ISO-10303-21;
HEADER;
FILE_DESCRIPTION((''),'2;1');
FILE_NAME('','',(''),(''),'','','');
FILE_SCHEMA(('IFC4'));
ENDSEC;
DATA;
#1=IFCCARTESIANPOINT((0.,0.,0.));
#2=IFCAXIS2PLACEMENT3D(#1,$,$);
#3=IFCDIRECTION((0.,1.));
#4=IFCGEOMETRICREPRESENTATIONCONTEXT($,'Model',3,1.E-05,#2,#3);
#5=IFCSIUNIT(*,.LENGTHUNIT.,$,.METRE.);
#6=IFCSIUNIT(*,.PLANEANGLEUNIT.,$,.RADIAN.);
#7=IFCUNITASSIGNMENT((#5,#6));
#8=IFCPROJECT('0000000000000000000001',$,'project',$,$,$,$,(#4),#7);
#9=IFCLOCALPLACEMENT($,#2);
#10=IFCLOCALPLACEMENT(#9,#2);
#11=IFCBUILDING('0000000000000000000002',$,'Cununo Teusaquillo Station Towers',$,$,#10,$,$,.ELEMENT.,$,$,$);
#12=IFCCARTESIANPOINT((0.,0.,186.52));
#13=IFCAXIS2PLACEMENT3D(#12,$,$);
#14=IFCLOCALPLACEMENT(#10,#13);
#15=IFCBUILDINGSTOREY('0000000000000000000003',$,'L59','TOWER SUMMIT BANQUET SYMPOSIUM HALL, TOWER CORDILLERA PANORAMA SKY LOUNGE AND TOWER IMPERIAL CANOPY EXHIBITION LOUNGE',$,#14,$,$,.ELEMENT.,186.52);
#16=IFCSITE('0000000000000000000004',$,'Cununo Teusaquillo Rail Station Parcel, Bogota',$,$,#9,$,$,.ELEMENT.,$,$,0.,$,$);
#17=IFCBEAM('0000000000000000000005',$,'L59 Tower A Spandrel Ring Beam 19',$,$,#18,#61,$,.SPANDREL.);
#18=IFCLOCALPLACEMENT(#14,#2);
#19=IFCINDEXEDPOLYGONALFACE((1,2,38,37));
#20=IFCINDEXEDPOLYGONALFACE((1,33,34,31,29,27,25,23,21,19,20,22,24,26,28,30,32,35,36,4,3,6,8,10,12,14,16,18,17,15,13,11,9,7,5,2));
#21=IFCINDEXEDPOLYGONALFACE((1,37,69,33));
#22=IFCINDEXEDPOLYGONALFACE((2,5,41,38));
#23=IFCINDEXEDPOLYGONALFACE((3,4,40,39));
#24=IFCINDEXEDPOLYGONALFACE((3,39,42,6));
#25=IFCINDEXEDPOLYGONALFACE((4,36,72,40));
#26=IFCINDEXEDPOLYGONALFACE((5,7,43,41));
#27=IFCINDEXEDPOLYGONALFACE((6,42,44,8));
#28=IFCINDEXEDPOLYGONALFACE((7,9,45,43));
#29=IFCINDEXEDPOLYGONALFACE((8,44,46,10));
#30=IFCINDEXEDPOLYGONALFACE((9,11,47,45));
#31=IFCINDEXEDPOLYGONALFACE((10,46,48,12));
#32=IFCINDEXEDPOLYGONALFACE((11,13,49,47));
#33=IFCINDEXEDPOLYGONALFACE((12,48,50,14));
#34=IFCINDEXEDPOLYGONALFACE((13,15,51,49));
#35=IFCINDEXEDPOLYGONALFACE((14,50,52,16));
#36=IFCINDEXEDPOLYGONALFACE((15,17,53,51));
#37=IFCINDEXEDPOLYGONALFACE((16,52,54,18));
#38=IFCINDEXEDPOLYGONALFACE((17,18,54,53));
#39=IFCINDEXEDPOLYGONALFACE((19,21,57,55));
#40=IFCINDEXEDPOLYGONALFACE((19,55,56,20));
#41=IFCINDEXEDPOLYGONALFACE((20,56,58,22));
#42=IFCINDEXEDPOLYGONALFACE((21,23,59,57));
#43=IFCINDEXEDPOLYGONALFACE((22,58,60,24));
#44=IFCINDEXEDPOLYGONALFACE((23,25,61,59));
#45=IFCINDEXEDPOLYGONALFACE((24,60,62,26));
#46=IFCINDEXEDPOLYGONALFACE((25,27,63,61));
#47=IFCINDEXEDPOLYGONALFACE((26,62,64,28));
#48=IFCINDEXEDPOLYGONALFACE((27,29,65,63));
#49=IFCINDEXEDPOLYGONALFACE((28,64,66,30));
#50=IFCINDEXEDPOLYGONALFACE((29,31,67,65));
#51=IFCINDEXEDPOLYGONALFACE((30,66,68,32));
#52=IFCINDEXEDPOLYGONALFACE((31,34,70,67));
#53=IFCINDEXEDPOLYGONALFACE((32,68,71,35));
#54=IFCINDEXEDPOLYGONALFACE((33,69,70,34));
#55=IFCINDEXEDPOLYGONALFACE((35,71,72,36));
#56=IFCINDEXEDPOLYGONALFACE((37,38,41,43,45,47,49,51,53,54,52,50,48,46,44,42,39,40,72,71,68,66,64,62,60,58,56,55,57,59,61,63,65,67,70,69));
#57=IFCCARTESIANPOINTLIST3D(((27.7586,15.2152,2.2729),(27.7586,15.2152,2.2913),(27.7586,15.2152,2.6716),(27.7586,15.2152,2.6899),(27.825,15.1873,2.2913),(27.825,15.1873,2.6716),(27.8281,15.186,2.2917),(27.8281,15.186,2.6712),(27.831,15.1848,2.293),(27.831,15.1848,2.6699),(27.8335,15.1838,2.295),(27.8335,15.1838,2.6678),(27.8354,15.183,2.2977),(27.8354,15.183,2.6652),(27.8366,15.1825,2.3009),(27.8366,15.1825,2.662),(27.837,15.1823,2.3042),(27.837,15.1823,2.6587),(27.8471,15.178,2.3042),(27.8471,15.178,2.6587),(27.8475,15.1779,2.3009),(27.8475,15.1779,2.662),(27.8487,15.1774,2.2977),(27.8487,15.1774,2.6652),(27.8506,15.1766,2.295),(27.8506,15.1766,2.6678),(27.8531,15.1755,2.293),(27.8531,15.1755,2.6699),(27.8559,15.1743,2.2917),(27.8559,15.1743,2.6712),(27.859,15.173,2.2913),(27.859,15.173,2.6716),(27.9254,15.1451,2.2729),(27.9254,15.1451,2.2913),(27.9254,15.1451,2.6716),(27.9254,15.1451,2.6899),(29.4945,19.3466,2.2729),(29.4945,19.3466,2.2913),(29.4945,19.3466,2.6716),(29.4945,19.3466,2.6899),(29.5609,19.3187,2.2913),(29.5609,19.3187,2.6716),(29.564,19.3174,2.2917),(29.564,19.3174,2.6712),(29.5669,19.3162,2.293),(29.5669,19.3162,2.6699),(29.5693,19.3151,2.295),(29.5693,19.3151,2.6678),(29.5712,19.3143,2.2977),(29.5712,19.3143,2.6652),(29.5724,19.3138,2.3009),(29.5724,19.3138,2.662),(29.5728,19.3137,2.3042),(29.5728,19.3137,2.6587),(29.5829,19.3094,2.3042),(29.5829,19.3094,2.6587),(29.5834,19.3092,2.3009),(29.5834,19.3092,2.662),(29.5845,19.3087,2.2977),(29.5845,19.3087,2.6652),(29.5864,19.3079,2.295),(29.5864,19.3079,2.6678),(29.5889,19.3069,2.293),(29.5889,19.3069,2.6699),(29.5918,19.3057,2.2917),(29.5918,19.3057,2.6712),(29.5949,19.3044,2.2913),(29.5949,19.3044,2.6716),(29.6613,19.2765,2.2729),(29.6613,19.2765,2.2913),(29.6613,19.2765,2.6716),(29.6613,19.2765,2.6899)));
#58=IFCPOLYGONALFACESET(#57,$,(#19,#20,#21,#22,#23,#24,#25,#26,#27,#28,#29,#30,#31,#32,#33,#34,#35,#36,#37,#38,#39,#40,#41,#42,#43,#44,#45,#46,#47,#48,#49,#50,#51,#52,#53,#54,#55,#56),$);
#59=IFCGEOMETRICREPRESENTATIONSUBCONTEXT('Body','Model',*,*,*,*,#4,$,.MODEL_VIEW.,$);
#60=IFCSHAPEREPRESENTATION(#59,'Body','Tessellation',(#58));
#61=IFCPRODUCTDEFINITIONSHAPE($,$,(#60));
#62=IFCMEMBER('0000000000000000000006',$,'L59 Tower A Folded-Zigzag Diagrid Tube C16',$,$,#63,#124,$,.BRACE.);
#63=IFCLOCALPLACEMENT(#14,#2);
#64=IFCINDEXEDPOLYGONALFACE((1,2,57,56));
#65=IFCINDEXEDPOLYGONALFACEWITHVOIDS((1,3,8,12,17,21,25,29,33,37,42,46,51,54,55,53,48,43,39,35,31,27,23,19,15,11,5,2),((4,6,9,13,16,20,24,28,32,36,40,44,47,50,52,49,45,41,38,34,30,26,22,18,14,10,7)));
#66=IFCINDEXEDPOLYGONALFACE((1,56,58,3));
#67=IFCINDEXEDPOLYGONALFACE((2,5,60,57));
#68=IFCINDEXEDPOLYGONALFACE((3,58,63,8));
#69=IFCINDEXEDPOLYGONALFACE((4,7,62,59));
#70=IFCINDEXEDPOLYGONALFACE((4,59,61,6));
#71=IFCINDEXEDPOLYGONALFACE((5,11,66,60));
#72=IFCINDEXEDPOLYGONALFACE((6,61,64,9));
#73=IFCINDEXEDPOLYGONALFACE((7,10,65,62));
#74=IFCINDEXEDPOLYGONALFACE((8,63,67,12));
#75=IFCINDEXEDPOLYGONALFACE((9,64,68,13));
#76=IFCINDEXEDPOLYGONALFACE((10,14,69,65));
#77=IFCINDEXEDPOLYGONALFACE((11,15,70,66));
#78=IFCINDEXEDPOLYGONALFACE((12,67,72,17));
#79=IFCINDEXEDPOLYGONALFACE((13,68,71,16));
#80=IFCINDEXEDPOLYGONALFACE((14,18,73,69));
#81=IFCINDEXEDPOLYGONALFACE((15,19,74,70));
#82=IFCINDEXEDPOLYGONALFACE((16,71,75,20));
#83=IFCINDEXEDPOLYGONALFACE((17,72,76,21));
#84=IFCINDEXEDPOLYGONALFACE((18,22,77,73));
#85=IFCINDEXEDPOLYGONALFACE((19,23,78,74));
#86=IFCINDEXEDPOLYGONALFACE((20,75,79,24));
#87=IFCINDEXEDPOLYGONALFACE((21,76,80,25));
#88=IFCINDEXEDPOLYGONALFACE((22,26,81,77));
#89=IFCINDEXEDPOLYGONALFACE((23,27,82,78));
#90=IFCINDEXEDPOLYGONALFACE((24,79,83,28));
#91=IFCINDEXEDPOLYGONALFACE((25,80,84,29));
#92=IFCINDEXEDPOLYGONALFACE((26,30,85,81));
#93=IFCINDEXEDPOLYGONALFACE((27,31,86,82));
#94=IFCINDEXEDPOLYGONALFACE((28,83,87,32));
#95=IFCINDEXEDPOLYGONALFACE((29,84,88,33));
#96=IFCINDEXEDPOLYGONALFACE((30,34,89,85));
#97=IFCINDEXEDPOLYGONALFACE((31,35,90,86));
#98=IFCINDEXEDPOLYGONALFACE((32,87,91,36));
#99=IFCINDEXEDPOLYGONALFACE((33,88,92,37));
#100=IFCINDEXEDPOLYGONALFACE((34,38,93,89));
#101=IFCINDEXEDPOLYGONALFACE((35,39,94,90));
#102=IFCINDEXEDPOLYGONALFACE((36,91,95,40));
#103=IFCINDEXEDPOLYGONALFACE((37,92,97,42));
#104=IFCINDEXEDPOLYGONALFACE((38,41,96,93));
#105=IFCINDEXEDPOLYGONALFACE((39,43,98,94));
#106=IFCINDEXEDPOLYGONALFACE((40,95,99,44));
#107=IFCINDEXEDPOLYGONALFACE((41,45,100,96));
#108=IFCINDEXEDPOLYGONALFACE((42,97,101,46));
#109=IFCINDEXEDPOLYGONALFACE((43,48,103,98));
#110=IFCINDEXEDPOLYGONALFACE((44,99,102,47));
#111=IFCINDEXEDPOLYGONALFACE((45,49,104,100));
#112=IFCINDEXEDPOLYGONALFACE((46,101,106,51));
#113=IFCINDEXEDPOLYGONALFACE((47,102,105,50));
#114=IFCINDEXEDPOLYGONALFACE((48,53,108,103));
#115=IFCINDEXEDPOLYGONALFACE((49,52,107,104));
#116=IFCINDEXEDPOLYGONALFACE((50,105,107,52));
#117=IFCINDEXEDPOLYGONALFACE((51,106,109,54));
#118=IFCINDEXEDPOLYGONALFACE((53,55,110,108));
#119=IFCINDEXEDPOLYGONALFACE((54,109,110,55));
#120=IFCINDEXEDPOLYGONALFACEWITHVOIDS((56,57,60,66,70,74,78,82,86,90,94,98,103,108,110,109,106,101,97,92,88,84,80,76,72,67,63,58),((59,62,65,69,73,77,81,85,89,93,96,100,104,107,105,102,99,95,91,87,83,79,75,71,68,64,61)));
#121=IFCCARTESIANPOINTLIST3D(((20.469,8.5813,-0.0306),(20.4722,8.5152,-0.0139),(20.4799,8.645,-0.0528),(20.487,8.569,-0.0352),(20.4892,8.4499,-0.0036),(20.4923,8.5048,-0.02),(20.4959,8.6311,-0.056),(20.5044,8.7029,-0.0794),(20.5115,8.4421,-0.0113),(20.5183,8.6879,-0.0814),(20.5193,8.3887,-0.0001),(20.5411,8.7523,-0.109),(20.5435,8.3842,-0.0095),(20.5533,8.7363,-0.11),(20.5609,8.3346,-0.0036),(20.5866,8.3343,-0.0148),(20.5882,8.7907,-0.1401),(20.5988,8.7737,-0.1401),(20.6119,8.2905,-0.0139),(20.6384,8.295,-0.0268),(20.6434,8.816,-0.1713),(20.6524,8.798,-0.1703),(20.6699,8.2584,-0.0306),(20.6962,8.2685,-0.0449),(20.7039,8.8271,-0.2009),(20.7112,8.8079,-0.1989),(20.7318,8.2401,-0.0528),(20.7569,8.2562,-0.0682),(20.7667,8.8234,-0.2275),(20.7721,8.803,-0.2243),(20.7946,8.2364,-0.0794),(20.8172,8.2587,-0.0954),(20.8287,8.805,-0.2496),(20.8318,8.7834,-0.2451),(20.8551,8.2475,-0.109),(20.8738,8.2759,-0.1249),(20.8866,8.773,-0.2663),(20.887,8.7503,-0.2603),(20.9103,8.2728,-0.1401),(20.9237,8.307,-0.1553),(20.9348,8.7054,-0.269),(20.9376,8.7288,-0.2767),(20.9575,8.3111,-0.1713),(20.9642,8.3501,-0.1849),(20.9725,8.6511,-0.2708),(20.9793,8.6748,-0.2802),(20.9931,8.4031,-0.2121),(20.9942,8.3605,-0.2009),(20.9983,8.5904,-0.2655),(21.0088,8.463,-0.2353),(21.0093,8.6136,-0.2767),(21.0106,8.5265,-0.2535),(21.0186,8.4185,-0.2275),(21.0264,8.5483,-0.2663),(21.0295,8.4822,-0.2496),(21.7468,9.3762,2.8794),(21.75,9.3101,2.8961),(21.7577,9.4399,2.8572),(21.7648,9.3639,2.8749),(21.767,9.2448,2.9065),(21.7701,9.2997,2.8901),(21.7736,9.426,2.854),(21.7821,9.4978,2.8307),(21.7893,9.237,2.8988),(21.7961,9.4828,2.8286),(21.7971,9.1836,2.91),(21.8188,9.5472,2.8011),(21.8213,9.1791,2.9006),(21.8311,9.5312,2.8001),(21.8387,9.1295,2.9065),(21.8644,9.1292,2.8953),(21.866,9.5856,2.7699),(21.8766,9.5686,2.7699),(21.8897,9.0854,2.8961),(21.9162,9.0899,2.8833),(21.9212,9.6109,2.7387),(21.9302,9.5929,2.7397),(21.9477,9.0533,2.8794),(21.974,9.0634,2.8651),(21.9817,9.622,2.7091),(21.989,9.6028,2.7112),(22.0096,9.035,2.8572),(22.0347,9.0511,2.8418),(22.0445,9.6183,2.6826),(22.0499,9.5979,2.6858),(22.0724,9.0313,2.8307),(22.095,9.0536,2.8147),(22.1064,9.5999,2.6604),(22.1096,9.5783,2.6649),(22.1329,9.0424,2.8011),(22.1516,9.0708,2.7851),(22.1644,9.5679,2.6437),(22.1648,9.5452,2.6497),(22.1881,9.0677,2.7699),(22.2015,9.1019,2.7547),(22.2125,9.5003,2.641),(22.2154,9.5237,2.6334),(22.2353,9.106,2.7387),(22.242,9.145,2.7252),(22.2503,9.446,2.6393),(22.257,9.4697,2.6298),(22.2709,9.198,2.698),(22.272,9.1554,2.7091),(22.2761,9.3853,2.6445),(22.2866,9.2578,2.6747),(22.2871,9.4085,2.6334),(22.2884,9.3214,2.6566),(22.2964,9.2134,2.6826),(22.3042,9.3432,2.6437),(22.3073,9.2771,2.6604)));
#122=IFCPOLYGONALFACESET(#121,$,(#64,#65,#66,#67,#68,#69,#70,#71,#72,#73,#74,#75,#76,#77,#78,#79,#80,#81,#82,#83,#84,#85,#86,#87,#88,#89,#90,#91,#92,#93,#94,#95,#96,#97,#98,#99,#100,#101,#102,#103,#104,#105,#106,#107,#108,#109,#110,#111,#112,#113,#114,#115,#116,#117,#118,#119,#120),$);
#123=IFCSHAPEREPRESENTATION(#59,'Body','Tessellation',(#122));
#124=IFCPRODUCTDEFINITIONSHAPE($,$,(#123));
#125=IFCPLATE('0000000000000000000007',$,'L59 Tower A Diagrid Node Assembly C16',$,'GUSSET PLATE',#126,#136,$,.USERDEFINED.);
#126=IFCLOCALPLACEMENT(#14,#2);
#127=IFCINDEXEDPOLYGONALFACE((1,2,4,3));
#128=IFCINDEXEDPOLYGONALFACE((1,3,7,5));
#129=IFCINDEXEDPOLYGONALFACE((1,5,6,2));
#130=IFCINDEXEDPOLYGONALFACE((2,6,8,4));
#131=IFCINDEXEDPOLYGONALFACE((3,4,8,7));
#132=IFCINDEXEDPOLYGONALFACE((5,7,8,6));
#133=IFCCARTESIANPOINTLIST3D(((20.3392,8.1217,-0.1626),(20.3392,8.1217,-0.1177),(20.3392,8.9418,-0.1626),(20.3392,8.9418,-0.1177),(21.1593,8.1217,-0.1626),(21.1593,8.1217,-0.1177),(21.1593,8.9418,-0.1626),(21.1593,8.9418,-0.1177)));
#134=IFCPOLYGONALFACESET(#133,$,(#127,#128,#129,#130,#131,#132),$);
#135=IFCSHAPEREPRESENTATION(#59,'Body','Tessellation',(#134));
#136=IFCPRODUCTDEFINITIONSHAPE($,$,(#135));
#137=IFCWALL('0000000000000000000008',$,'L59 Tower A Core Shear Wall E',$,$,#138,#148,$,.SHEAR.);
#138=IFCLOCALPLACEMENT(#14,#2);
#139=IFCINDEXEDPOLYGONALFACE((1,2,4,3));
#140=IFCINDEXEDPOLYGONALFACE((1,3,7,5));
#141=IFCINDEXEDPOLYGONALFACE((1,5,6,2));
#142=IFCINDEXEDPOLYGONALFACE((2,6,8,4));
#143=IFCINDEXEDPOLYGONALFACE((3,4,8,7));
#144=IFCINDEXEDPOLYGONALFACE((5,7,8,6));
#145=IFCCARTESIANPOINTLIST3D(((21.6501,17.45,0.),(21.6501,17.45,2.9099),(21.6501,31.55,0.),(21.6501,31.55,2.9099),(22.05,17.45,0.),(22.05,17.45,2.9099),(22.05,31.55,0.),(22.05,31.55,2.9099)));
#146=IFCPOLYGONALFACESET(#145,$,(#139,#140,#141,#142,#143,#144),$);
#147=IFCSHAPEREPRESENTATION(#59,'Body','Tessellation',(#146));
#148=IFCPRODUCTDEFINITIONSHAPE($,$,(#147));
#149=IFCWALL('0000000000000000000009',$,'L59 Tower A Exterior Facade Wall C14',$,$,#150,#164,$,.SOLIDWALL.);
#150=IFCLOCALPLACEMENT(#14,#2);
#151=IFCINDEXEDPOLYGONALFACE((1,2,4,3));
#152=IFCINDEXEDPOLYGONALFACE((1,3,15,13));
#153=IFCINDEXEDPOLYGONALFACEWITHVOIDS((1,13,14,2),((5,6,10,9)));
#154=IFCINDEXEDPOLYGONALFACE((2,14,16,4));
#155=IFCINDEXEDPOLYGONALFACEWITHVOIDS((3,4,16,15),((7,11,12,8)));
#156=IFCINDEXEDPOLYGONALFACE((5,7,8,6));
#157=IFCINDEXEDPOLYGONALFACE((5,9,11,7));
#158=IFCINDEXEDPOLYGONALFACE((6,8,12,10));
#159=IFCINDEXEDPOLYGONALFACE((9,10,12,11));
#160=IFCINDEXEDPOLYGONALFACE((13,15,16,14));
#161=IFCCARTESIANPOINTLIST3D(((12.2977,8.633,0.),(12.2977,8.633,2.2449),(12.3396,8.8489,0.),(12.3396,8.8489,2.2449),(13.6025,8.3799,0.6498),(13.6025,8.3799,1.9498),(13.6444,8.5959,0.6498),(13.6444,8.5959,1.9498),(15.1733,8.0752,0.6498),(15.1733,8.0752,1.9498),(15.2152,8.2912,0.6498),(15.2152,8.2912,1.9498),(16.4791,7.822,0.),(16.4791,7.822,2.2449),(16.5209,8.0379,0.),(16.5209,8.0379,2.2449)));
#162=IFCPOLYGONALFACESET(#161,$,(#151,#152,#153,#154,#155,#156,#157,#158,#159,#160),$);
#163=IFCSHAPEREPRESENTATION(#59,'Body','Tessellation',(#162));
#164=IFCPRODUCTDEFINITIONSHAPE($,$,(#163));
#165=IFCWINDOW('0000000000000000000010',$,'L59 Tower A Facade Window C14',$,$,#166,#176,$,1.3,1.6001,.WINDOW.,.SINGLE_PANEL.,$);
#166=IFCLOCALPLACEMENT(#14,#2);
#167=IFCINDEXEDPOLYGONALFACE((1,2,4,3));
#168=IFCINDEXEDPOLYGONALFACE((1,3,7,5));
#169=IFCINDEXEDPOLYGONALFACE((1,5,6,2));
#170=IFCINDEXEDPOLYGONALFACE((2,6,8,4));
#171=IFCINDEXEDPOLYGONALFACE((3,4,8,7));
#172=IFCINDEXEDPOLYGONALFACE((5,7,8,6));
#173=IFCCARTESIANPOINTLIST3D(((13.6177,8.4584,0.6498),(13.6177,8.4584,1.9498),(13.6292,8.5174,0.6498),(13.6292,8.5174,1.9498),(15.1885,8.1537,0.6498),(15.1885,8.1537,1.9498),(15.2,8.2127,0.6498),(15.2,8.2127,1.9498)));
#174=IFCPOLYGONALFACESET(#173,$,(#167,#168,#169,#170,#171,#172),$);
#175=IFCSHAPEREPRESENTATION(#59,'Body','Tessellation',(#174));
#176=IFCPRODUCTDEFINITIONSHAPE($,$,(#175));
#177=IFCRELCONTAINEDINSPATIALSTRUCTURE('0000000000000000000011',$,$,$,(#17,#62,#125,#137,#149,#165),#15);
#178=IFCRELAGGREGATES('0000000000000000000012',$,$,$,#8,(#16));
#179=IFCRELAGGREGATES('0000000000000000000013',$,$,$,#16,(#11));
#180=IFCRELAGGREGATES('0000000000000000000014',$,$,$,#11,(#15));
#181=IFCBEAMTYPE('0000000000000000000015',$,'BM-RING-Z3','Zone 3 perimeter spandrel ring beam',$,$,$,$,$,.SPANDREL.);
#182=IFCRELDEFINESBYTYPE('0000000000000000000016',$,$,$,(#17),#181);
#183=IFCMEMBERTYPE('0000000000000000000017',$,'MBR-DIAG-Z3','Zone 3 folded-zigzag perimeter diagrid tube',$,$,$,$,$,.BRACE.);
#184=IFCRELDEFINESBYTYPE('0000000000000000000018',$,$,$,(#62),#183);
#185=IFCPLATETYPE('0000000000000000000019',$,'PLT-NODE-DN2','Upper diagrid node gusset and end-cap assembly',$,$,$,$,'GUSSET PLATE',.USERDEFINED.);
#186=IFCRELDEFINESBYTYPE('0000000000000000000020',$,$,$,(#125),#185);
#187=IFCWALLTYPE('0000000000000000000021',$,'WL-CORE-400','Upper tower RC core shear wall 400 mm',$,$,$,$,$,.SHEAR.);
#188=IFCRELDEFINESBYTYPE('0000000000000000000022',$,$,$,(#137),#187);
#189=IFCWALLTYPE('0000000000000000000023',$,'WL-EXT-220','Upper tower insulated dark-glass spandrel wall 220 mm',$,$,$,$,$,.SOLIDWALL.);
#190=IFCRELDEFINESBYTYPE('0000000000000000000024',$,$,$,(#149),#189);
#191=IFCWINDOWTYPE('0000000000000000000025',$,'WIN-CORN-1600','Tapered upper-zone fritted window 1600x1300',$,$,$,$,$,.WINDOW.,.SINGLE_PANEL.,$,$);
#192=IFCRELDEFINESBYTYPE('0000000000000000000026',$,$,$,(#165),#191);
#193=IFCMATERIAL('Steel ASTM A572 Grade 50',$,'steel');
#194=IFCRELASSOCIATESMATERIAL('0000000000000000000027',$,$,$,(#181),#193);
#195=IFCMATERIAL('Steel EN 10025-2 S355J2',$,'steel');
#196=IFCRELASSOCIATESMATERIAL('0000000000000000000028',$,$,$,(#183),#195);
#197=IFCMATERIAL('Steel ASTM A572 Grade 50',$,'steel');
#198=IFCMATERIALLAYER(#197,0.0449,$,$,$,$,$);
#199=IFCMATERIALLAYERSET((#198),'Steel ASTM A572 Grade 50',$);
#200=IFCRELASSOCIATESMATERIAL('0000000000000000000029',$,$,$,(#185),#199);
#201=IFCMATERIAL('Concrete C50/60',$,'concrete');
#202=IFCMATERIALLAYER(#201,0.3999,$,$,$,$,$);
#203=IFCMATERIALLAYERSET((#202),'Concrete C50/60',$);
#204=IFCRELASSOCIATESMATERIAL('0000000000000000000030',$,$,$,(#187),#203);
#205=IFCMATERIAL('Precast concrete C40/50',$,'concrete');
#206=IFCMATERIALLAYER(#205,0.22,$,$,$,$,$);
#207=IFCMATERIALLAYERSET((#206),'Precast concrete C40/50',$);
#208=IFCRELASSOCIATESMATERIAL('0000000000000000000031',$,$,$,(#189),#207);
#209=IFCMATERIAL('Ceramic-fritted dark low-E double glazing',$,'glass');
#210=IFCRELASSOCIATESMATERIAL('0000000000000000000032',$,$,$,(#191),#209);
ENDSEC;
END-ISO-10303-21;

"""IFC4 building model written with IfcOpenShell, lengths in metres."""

from ifc_helpers import new_model, si_unit, direction, frame, frame_2d, origin, origin_2d, place, context, subcontext, project, spatial, rectangle, hollow_circle, i_section, extrude, source, transform, mapped, material, layer, layer_set, material_profile, profile_set, type_object, element, fill, save


model = new_model("IFC4")

# Units and contexts
model_context = context("Model", 3, precision=1e-05, world=origin(), true_north=direction((0.0, 1.0)))
body_context = subcontext(model_context, "Body", "Model", "MODEL_VIEW")
ifc_project = project(units=[si_unit("LENGTHUNIT", "METRE"), si_unit("PLANEANGLEUNIT", "RADIAN")], contexts=[model_context])

# Site, building, storey
site_placement = place(None, origin())
site = spatial("IfcSite", under=ifc_project, at=site_placement, Name="Cununo Teusaquillo Rail Station Parcel, Bogota", CompositionType="ELEMENT", RefElevation=0.0)
building_placement = place(site_placement, origin())
building = spatial("IfcBuilding", under=site, at=building_placement, Name="Cununo Teusaquillo Station Towers", CompositionType="ELEMENT")
storey_placement = place(building_placement, frame((0.0, 0.0, 186.52)))
storey = spatial("IfcBuildingStorey", under=building, at=storey_placement, Name="L59", Description="TOWER SUMMIT BANQUET SYMPOSIUM HALL, TOWER CORDILLERA PANORAMA SKY LOUNGE AND TOWER IMPERIAL CANOPY EXHIBITION LOUNGE", CompositionType="ELEMENT", Elevation=186.52)

# Beam
ifc_material_1 = material(Name="Steel ASTM A572 Grade 50", Category="steel")
ifc_material_profile_1 = material_profile(ifc_material_1, i_section(OverallWidth=0.1809, OverallDepth=0.417, WebThickness=0.011, FlangeThickness=0.0183, FilletRadius=0.0129, at=origin_2d()), Name="W16X57")
ifc_profile_set_1 = profile_set([ifc_material_profile_1], Name="Steel ASTM A572 Grade 50")
beam_type_1 = type_object("IfcBeamType", Name="BM-RING-Z3", Description="Zone 3 perimeter spandrel ring beam", PredefinedType="SPANDREL", material=ifc_profile_set_1)
beam_1_placement = place(storey_placement, frame((27.842, 15.1802, 2.4814), z_axis=(0.38736, 0.921928, 0.0), x_axis=(-0.921928, 0.38736, 0.0)))
element("IfcBeam", 1, at=beam_1_placement, inside=storey, type_object=beam_type_1, Name="L59 Tower A Spandrel Ring Beam 19", PredefinedType="SPANDREL", context=body_context, shape_type="SweptSolid", body=[
    extrude(i_section(OverallWidth=0.1809, OverallDepth=0.417, WebThickness=0.011, FlangeThickness=0.0183, FilletRadius=0.0129, at=origin_2d()), origin(), (0.0, 0.0, 1.0), 4.4812),
])

# Member
ifc_material_2 = material(Name="Steel EN 10025-2 S355J2", Category="steel")
ifc_material_profile_2 = material_profile(ifc_material_2, hollow_circle(Radius=0.3049, WallThickness=0.02, at=origin_2d()), Name="CHS 610x20")
ifc_profile_set_2 = profile_set([ifc_material_profile_2], Name="Steel EN 10025-2 S355J2")
member_type = type_object("IfcMemberType", Name="MBR-DIAG-Z3", Description="Zone 3 folded-zigzag perimeter diagrid tube", PredefinedType="BRACE", material=ifc_profile_set_2)
member_placement = place(storey_placement, frame((20.7493, 8.5317, -0.1401), z_axis=(0.39003, 0.242632, 0.88826), x_axis=(-0.528219, 0.849108, 0.0)))
element("IfcMember", 2, at=member_placement, inside=storey, type_object=member_type, Name="L59 Tower A Folded-Zigzag Diagrid Tube C16", PredefinedType="BRACE", context=body_context, shape_type="SweptSolid", body=[
    extrude(hollow_circle(Radius=0.3049, WallThickness=0.02, at=origin_2d()), origin(), (0.0, 0.0, 1.0), 3.2761),
])

# Plate
ifc_material_3 = material(Name="Steel ASTM A572 Grade 50", Category="steel")
ifc_layer_1 = layer(ifc_material_3, 0.0449)
ifc_layer_set_1 = layer_set([ifc_layer_1], Name="Steel ASTM A572 Grade 50")
plate_type = type_object("IfcPlateType", Name="PLT-NODE-DN2", Description="Upper diagrid node gusset and end-cap assembly", ElementType="GUSSET PLATE", PredefinedType="USERDEFINED", material=ifc_layer_set_1)
shared_shape_1 = source(origin(), body_context, "Body", "SweptSolid", [
    extrude(rectangle(XDim=0.8201, YDim=0.8201, at=origin_2d()), origin(), (0.0, 0.0, 1.0), 0.0449),
])
plate_placement = place(storey_placement, frame((20.7493, 8.5317, -0.1626), z_axis=(0.0, 0.0, 1.0), x_axis=(1.0, 0.0, 0.0)))
element("IfcPlate", 3, at=plate_placement, inside=storey, type_object=plate_type, Name="L59 Tower A Diagrid Node Assembly C16", ObjectType="GUSSET PLATE", PredefinedType="USERDEFINED", context=body_context, shape_type="MappedRepresentation", body=[
    mapped(shared_shape_1, transform((0.0, 0.0, 0.0), x_axis=(1.0, 0.0, 0.0), y_axis=(0.0, 1.0, 0.0), z_axis=(0.0, 0.0, 1.0), scale=1.0)),
])

# Wall
ifc_material_4 = material(Name="Concrete C50/60", Category="concrete")
ifc_layer_2 = layer(ifc_material_4, 0.3999)
ifc_layer_set_2 = layer_set([ifc_layer_2], Name="Concrete C50/60")
wall_type_1 = type_object("IfcWallType", Name="WL-CORE-400", Description="Upper tower RC core shear wall 400 mm", PredefinedType="SHEAR", material=ifc_layer_set_2)
wall_1_placement = place(storey_placement, frame((21.8501, 17.45, 0.0), z_axis=(0.0, 0.0, 1.0), x_axis=(0.0, 1.0, 0.0)))
element("IfcWall", 4, at=wall_1_placement, inside=storey, type_object=wall_type_1, Name="L59 Tower A Core Shear Wall E", PredefinedType="SHEAR", context=body_context, shape_type="SweptSolid", body=[
    extrude(rectangle(XDim=14.1001, YDim=0.3999, at=frame_2d((7.05, 0.0))), origin(), (0.0, 0.0, 1.0), 2.9099),
])

# Wall, opening, window
ifc_material_5 = material(Name="Precast concrete C40/50", Category="concrete")
ifc_layer_3 = layer(ifc_material_5, 0.22)
ifc_layer_set_3 = layer_set([ifc_layer_3], Name="Precast concrete C40/50")
wall_type_2 = type_object("IfcWallType", Name="WL-EXT-220", Description="Upper tower insulated dark-glass spandrel wall 220 mm", PredefinedType="SOLIDWALL", material=ifc_layer_set_3)
wall_2_placement = place(storey_placement, frame((16.5, 7.9299, 0.0), z_axis=(0.0, 0.0, 1.0), x_axis=(-0.981704, 0.190414, 0.0)))
wall_2 = element("IfcWall", 5, at=wall_2_placement, inside=storey, type_object=wall_type_2, Name="L59 Tower A Exterior Facade Wall C14", PredefinedType="SOLIDWALL", context=body_context, shape_type="SweptSolid", body=[
    extrude(rectangle(XDim=4.2593, YDim=0.22, at=frame_2d((2.1296, 0.0))), origin(), (0.0, 0.0, 1.0), 2.2449),
])
shared_shape_2 = source(origin(), body_context, "Body", "SweptSolid", [
    extrude(rectangle(XDim=1.6001, YDim=1.3, at=frame_2d((0.8, 0.6499))), frame((0.0, 0.1199, 0.0), z_axis=(0.0, -1.0, 0.0), x_axis=(1.0, 0.0, 0.0)), (0.0, 0.0, 1.0), 0.24),
])
opening_1_placement = place(wall_2_placement, frame((1.3301, 0.0, 0.6499)))
opening_1 = element("IfcOpeningElement", 6, at=opening_1_placement, cuts=wall_2, PredefinedType="OPENING", context=body_context, shape_type="MappedRepresentation", body=[
    mapped(shared_shape_2, transform((0.0, 0.0, 0.0), x_axis=(1.0, 0.0, 0.0), y_axis=(0.0, 1.0, 0.0), z_axis=(0.0, 0.0, 1.0), scale=1.0)),
])
ifc_material_6 = material(Name="Ceramic-fritted dark low-E double glazing", Category="glass")
window_type = type_object("IfcWindowType", Name="WIN-CORN-1600", Description="Tapered upper-zone fritted window 1600x1300", PartitioningType="SINGLE_PANEL", PredefinedType="WINDOW", material=ifc_material_6)
shared_shape_3 = source(origin(), body_context, "Body", "SweptSolid", [
    extrude(rectangle(XDim=1.6001, YDim=1.3, at=frame_2d((0.8, 0.6499))), frame((0.0, 0.03, 0.0), z_axis=(0.0, -1.0, 0.0), x_axis=(1.0, 0.0, 0.0)), (0.0, 0.0, 1.0), 0.0601),
])
window_1_placement = place(opening_1_placement, origin())
window_1 = element("IfcWindow", 7, at=window_1_placement, inside=storey, type_object=window_type, Name="L59 Tower A Facade Window C14", OverallHeight=1.3, OverallWidth=1.6001, PartitioningType="SINGLE_PANEL", PredefinedType="WINDOW", context=body_context, shape_type="MappedRepresentation", body=[
    mapped(shared_shape_3, transform((0.0, 0.0, 0.0), x_axis=(1.0, 0.0, 0.0), y_axis=(0.0, 1.0, 0.0), z_axis=(0.0, 0.0, 1.0), scale=1.0)),
])
fill(opening_1, window_1)

save(model, "model.ifc")
